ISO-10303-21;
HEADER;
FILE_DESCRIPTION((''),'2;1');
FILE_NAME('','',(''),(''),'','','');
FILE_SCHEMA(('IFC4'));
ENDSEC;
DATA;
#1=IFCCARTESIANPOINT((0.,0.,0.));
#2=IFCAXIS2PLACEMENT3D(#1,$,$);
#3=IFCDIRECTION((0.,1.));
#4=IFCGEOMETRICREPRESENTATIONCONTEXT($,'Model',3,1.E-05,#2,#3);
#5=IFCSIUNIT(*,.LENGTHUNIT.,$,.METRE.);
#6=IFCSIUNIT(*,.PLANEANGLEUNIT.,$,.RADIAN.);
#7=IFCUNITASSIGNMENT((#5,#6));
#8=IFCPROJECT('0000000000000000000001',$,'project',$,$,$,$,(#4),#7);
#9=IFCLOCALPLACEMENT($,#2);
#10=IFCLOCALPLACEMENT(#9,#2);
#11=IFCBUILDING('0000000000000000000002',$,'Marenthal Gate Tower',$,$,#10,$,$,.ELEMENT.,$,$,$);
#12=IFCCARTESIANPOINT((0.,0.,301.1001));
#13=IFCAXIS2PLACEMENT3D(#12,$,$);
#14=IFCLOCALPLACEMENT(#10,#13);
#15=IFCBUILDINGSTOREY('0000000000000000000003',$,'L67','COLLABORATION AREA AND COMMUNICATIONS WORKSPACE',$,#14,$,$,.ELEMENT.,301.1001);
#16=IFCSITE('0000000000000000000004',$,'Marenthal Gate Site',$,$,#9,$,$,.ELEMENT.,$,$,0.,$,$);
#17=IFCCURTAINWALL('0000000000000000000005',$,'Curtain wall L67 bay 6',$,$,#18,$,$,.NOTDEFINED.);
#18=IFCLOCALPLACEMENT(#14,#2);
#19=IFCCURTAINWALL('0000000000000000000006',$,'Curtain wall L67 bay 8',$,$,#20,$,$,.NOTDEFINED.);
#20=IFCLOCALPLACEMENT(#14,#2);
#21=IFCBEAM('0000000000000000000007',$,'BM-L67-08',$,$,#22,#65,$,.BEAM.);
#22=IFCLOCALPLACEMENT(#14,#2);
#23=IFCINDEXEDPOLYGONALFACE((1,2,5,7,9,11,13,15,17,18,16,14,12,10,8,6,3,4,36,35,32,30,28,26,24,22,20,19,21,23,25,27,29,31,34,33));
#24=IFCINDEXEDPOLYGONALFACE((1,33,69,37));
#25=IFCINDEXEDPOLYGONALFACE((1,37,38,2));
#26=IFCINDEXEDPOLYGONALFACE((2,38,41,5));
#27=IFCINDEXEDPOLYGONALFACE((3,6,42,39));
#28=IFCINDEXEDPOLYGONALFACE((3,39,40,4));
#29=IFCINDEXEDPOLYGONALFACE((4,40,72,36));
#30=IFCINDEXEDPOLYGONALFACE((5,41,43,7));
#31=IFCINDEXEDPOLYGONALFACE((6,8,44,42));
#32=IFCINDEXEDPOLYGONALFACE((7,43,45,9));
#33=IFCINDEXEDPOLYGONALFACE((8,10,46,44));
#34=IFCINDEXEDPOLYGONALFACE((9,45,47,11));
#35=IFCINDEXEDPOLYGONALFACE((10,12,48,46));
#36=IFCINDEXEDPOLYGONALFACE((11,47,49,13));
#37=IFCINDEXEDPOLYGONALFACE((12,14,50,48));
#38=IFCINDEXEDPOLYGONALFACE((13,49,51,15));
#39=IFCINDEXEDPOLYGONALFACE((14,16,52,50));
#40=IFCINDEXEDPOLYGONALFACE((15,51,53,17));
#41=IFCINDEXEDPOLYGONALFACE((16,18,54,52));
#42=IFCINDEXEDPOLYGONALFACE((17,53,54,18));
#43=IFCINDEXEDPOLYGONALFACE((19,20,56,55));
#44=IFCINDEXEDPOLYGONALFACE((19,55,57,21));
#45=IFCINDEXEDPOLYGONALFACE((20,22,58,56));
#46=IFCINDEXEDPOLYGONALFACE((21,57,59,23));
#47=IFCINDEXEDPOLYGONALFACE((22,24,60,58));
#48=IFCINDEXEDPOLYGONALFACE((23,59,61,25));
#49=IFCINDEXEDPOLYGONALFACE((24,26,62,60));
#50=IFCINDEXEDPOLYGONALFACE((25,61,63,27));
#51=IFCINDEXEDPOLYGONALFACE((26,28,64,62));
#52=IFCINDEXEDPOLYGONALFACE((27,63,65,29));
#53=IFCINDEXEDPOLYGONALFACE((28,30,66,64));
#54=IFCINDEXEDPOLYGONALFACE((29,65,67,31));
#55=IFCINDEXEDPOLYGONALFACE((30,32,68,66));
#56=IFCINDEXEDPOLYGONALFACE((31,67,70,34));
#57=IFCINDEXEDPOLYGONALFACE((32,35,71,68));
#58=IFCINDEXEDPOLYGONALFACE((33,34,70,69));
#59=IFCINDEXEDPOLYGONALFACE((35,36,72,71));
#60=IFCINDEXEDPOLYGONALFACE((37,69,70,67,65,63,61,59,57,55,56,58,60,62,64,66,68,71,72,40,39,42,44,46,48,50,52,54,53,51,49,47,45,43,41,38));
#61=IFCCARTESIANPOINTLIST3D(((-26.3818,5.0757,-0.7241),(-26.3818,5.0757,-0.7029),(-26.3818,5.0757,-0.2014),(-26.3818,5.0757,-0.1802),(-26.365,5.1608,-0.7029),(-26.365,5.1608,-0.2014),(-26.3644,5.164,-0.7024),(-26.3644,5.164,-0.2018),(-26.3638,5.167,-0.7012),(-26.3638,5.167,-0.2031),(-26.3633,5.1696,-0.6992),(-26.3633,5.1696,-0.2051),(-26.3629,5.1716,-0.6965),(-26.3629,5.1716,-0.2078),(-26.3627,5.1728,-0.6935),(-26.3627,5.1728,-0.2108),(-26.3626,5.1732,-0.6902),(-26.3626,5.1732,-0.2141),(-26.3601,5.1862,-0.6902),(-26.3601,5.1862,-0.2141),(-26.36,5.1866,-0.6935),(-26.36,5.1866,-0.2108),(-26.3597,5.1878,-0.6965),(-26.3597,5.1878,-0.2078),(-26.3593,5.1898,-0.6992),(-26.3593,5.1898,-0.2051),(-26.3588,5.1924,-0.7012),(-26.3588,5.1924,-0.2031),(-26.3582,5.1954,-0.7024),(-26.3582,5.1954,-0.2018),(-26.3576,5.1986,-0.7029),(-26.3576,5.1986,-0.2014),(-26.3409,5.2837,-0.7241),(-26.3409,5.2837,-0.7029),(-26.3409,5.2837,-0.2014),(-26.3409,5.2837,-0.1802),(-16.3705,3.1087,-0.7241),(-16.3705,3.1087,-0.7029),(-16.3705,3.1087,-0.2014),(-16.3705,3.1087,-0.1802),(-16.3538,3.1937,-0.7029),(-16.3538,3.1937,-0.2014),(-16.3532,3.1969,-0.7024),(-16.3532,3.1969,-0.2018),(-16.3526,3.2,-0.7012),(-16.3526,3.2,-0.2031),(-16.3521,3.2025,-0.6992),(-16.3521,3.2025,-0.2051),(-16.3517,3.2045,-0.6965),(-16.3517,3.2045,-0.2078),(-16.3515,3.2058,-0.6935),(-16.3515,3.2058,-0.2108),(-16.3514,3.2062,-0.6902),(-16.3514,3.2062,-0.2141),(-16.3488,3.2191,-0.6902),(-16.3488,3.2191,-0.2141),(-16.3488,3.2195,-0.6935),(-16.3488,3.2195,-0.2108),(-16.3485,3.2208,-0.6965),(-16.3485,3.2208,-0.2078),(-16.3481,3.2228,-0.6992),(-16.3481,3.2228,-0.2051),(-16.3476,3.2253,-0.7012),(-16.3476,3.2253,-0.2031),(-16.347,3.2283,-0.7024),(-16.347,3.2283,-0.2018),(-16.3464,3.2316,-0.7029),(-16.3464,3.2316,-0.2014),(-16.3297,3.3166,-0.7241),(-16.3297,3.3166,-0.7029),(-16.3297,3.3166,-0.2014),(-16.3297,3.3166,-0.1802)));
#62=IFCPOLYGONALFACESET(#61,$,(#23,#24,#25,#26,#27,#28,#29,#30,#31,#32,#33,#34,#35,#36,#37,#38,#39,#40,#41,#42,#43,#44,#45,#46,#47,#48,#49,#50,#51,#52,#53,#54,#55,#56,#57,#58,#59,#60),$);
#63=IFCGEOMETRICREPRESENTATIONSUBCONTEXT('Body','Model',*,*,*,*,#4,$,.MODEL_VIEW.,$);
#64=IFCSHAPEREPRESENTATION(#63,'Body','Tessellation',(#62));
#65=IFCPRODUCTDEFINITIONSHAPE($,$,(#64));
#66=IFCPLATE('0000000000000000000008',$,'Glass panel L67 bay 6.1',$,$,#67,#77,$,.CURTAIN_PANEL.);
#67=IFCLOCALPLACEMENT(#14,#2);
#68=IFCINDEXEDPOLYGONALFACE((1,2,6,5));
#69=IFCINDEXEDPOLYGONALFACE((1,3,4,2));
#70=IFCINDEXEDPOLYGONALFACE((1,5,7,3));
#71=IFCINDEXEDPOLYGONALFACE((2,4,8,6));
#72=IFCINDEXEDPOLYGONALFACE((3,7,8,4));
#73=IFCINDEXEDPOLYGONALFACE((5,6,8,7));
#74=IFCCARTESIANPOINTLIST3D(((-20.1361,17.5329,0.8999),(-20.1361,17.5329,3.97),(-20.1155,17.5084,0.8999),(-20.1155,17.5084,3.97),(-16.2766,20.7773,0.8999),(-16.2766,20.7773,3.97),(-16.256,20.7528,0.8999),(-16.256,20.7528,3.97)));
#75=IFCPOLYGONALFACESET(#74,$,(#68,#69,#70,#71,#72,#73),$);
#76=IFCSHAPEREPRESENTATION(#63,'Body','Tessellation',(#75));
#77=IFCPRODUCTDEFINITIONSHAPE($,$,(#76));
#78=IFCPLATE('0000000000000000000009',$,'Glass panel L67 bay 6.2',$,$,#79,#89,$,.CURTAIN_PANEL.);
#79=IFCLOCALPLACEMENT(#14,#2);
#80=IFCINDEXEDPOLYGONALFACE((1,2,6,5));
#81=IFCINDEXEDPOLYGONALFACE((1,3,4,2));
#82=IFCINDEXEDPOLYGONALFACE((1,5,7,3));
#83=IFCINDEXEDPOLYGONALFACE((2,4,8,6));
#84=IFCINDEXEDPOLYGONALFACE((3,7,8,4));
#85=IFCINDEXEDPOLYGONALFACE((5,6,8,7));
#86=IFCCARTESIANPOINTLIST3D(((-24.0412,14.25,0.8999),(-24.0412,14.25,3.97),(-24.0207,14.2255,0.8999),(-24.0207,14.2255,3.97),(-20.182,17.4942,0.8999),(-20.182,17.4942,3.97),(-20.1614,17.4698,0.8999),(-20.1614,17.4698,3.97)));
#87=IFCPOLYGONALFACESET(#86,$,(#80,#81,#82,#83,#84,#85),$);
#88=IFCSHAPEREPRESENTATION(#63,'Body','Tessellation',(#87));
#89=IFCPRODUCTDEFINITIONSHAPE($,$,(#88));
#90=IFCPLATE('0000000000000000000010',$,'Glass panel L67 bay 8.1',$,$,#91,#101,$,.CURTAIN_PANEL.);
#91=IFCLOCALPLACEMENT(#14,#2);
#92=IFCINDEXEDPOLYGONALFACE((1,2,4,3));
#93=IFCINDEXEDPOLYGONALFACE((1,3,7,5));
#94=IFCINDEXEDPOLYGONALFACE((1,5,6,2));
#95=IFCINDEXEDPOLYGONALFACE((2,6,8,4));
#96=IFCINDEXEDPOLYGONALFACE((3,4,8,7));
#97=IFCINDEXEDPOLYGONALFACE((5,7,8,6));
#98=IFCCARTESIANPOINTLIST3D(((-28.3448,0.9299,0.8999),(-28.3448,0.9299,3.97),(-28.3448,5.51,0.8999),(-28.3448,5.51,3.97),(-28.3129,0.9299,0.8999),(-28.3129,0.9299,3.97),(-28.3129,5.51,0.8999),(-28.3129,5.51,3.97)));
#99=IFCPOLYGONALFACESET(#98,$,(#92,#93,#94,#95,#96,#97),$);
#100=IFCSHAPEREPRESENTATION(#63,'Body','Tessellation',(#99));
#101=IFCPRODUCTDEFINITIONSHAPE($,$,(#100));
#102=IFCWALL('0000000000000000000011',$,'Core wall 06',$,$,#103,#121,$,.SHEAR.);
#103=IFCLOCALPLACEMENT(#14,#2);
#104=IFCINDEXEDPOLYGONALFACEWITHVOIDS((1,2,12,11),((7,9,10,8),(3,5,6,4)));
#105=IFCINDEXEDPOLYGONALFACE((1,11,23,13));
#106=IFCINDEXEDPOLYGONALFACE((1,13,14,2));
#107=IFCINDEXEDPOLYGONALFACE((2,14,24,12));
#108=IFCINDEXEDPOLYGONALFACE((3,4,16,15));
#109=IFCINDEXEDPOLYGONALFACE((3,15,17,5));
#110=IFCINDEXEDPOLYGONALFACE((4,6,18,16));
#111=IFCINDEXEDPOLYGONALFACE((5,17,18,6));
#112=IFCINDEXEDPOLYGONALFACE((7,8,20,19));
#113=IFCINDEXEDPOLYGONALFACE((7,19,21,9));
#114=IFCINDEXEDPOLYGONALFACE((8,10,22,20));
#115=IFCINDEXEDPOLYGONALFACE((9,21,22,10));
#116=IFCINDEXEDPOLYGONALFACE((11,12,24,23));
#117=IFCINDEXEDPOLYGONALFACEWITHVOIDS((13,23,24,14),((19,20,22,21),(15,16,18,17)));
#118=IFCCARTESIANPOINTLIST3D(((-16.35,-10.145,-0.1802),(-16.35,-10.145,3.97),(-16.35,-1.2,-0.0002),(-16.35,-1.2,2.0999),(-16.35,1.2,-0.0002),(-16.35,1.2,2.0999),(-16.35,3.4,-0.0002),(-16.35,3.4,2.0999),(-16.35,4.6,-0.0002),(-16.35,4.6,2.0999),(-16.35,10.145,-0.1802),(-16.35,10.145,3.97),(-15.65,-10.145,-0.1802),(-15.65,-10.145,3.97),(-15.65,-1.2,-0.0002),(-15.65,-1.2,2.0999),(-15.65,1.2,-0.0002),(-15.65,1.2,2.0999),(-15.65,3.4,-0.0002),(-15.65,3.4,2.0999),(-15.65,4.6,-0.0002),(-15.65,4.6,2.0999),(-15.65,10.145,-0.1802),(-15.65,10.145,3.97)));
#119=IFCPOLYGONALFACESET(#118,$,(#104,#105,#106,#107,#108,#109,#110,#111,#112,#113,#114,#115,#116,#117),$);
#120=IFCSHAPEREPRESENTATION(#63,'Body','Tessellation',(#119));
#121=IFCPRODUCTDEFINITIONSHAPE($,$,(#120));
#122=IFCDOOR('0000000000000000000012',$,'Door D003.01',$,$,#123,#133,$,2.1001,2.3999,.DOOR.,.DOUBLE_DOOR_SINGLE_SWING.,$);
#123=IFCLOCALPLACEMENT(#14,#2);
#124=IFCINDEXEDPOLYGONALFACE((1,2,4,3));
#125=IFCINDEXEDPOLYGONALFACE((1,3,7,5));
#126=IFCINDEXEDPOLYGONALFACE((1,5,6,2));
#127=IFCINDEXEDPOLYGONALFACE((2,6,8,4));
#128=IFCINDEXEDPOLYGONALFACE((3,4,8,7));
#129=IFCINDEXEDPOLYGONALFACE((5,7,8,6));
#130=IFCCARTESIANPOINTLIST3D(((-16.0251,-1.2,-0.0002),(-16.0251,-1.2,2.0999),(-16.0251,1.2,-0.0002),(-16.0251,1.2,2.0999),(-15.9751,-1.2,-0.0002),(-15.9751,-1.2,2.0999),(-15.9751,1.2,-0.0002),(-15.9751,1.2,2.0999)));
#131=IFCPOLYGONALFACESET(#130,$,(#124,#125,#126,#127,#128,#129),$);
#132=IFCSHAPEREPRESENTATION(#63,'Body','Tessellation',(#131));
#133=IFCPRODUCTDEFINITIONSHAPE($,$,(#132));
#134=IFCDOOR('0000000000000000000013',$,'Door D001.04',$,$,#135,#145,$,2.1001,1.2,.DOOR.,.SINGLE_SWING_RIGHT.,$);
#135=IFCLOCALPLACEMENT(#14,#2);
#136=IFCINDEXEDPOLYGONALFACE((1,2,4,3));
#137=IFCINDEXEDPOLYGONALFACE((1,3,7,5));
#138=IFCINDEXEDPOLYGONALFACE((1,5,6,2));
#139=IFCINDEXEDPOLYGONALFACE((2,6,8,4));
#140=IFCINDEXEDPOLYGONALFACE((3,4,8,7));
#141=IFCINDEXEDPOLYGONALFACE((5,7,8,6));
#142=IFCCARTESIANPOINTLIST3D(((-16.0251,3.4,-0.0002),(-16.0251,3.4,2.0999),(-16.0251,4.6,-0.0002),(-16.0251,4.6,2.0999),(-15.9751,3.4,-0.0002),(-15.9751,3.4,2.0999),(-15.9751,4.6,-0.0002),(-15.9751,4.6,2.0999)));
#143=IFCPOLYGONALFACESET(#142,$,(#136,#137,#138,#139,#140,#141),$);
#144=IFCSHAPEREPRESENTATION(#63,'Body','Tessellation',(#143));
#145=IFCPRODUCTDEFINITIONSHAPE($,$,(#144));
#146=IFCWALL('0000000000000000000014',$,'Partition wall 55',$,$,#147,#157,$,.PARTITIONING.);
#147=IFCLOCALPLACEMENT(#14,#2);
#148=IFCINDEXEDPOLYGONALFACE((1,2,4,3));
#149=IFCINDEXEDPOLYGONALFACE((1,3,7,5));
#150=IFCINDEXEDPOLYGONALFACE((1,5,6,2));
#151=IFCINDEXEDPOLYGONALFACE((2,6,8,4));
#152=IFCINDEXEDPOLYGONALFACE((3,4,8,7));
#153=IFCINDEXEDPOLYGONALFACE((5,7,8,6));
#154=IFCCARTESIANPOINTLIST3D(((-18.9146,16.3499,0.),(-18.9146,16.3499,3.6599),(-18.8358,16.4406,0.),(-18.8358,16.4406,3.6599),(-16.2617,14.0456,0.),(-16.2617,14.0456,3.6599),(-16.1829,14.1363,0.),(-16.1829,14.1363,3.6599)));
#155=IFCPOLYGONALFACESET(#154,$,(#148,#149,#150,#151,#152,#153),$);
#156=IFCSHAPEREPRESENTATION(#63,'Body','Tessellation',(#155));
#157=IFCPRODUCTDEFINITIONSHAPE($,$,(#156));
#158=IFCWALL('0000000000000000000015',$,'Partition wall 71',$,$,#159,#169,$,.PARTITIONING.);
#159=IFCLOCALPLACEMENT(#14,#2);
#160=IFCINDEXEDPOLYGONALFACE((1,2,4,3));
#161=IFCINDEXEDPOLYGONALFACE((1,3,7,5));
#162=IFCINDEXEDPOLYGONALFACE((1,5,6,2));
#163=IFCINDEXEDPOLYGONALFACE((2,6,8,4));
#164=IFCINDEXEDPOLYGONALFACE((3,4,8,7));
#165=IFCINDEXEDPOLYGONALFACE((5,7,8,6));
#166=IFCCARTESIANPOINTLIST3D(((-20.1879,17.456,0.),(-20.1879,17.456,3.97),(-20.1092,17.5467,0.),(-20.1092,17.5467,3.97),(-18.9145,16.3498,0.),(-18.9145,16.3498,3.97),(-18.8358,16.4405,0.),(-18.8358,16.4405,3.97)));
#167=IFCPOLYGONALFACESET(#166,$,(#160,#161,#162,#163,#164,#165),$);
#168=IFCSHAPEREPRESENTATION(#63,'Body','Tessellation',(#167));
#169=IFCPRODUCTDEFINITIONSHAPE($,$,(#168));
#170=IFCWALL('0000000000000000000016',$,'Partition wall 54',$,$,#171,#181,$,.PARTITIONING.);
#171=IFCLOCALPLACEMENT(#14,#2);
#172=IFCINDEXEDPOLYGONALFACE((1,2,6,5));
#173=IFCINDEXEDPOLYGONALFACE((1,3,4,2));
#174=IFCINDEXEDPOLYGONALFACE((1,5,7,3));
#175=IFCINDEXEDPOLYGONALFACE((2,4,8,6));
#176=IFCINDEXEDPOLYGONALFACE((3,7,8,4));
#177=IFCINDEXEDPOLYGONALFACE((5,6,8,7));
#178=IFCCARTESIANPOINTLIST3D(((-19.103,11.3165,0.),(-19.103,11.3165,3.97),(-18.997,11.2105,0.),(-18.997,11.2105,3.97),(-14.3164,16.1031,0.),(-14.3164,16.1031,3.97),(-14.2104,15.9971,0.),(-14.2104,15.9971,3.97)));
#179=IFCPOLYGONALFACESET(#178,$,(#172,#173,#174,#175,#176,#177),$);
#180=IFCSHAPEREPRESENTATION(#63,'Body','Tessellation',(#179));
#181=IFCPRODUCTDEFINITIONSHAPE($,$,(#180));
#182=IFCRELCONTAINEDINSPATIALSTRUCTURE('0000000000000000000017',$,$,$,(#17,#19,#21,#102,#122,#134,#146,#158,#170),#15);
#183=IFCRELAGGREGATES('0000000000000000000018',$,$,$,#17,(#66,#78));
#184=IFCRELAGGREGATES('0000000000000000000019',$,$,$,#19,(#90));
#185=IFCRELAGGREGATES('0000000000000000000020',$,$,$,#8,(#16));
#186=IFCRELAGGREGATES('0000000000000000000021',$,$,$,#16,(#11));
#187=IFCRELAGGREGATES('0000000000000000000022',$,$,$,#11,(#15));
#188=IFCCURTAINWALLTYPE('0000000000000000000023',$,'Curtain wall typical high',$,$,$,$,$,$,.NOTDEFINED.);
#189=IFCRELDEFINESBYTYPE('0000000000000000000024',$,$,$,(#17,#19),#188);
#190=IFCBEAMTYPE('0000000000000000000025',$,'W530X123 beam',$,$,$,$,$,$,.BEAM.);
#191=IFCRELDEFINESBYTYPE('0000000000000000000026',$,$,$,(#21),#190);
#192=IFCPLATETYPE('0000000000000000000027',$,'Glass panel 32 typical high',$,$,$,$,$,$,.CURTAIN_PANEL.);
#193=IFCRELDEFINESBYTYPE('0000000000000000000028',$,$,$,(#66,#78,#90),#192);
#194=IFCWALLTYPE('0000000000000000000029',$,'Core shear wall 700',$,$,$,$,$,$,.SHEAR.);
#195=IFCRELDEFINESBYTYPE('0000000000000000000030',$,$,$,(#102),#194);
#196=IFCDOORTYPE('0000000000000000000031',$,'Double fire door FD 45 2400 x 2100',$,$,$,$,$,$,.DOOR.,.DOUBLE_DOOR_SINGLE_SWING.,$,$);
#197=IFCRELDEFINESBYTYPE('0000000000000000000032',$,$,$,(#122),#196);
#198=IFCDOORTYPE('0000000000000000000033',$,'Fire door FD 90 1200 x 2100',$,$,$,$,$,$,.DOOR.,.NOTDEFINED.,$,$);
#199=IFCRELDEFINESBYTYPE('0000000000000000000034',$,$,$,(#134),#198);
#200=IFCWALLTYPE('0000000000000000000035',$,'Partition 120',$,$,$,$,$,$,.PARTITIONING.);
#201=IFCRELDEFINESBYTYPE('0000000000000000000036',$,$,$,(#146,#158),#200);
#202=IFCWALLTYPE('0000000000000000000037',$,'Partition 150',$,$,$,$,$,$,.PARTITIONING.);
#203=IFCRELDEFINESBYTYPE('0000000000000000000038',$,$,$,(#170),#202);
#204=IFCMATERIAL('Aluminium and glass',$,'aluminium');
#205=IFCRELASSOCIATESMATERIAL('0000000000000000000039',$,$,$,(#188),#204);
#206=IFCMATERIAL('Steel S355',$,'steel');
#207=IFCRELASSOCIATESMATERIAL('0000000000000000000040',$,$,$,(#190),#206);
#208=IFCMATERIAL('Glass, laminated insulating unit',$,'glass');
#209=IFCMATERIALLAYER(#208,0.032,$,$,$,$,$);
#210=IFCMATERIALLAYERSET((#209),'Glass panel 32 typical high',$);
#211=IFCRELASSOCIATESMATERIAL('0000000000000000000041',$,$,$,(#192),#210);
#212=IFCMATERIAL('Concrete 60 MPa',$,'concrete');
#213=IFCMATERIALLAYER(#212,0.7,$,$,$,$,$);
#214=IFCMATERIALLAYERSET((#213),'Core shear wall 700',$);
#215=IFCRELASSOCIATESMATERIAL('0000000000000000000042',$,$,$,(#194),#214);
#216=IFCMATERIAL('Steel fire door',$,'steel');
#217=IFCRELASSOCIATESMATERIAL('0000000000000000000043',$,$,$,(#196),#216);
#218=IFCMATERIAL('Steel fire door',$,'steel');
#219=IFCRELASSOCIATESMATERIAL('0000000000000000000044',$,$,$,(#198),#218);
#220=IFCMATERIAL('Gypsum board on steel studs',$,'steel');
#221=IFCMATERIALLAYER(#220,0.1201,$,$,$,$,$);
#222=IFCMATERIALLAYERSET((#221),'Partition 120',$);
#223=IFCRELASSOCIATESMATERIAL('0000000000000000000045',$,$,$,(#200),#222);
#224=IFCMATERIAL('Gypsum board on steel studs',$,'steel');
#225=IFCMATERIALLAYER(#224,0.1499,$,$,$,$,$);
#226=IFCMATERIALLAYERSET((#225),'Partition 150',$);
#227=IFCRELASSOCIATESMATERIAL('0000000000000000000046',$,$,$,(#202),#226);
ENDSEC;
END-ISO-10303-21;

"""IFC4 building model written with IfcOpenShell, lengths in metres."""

from ifc_helpers import new_model, si_unit, direction, frame, frame_2d, origin, origin_2d, place, context, subcontext, project, spatial, rectangle, i_section, extrude, material, layer, layer_set, material_profile, profile_set, type_object, element, fill, aggregate, save


model = new_model("IFC4")

# Units and contexts
model_context = context("Model", 3, precision=1e-05, world=origin(), true_north=direction((0.0, 1.0)))
body_context = subcontext(model_context, "Body", "Model", "MODEL_VIEW")
ifc_project = project(units=[si_unit("LENGTHUNIT", "METRE"), si_unit("PLANEANGLEUNIT", "RADIAN")], contexts=[model_context])

# Site, building, storey
site_placement = place(None, origin())
site = spatial("IfcSite", under=ifc_project, at=site_placement, Name="Marenthal Gate Site", CompositionType="ELEMENT", RefElevation=0.0)
building_placement = place(site_placement, origin())
building = spatial("IfcBuilding", under=site, at=building_placement, Name="Marenthal Gate Tower", CompositionType="ELEMENT")
storey_placement = place(building_placement, frame((0.0, 0.0, 301.1001)))
storey = spatial("IfcBuildingStorey", under=building, at=storey_placement, Name="L67", Description="COLLABORATION AREA AND COMMUNICATIONS WORKSPACE", CompositionType="ELEMENT", Elevation=301.1001)

# Curtain walls
ifc_material_1 = material(Name="Aluminium and glass", Category="aluminium")
curtain_wall_type = type_object("IfcCurtainWallType", Name="Curtain wall typical high", PredefinedType="NOTDEFINED", material=ifc_material_1)
curtain_wall_1_placement = place(storey_placement, origin())
curtain_wall_1 = element("IfcCurtainWall", 1, at=curtain_wall_1_placement, inside=storey, type_object=curtain_wall_type, Name="Curtain wall L67 bay 6", PredefinedType="NOTDEFINED")
curtain_wall_2_placement = place(storey_placement, origin())
curtain_wall_2 = element("IfcCurtainWall", 2, at=curtain_wall_2_placement, inside=storey, type_object=curtain_wall_type, Name="Curtain wall L67 bay 8", PredefinedType="NOTDEFINED")

# Beam
ifc_material_2 = material(Name="Steel S355", Category="steel")
ifc_material_profile_1 = material_profile(ifc_material_2, i_section(OverallWidth=0.2119, OverallDepth=0.5439, WebThickness=0.0132, FlangeThickness=0.0212, FilletRadius=0.0127, at=origin_2d()), Name="W530X123")
ifc_profile_set_1 = profile_set([ifc_material_profile_1], Name="Steel S355")
beam_type_1 = type_object("IfcBeamType", Name="W530X123 beam", PredefinedType="BEAM", material=ifc_profile_set_1)
beam_1_placement = place(storey_placement, frame((-26.3613, 5.1797, -0.4521), z_axis=(0.981239, -0.192797, 0.0), x_axis=(0.192797, 0.981239, 0.0)))
element("IfcBeam", 3, at=beam_1_placement, inside=storey, type_object=beam_type_1, Name="BM-L67-08", PredefinedType="BEAM", context=body_context, shape_type="SweptSolid", body=[
    extrude(i_section(OverallWidth=0.2119, OverallDepth=0.5439, WebThickness=0.0132, FlangeThickness=0.0212, FilletRadius=0.0127, at=origin_2d()), origin(), (0.0, 0.0, 1.0), 10.2026),
])

# Plates
ifc_material_3 = material(Name="Glass, laminated insulating unit", Category="glass")
ifc_layer_1 = layer(ifc_material_3, 0.032)
ifc_layer_set_1 = layer_set([ifc_layer_1], Name="Glass panel 32 typical high")
plate_type = type_object("IfcPlateType", Name="Glass panel 32 typical high", PredefinedType="CURTAIN_PANEL", material=ifc_layer_set_1)
plate_1_placement = place(storey_placement, frame((-18.196, 19.1428, 0.8999), z_axis=(0.0, 0.0, 1.0), x_axis=(-0.765463, -0.64348, 0.0)))
plate_1 = element("IfcPlate", 4, at=plate_1_placement, type_object=plate_type, Name="Glass panel L67 bay 6.1", PredefinedType="CURTAIN_PANEL", context=body_context, shape_type="SweptSolid", body=[
    extrude(rectangle(XDim=5.042, YDim=0.032, at=origin_2d()), origin(), (0.0, 0.0, 1.0), 3.0701),
])
plate_2_placement = place(storey_placement, frame((-22.1013, 15.8599, 0.8999), z_axis=(0.0, 0.0, 1.0), x_axis=(-0.765463, -0.64348, 0.0)))
plate_2 = element("IfcPlate", 5, at=plate_2_placement, type_object=plate_type, Name="Glass panel L67 bay 6.2", PredefinedType="CURTAIN_PANEL", context=body_context, shape_type="SweptSolid", body=[
    extrude(rectangle(XDim=5.0417, YDim=0.032, at=origin_2d()), origin(), (0.0, 0.0, 1.0), 3.0701),
])
aggregate(curtain_wall_1, [plate_1, plate_2])
plate_3_placement = place(storey_placement, frame((-28.3289, 3.22, 0.8999), z_axis=(0.0, 0.0, 1.0), x_axis=(0.0, -1.0, 0.0)))
plate_3 = element("IfcPlate", 6, at=plate_3_placement, type_object=plate_type, Name="Glass panel L67 bay 8.1", PredefinedType="CURTAIN_PANEL", context=body_context, shape_type="SweptSolid", body=[
    extrude(rectangle(XDim=4.5801, YDim=0.032, at=origin_2d()), origin(), (0.0, 0.0, 1.0), 3.0701),
])
aggregate(curtain_wall_2, [plate_3])

# Wall, openings, doors
ifc_material_4 = material(Name="Concrete 60 MPa", Category="concrete")
ifc_layer_2 = layer(ifc_material_4, 0.7)
ifc_layer_set_2 = layer_set([ifc_layer_2], Name="Core shear wall 700")
wall_type_1 = type_object("IfcWallType", Name="Core shear wall 700", PredefinedType="SHEAR", material=ifc_layer_set_2)
wall_1_placement = place(storey_placement, frame((-16.0, 10.145, -0.1802), z_axis=(0.0, 0.0, 1.0), x_axis=(0.0, -1.0, 0.0)))
wall_1 = element("IfcWall", 7, at=wall_1_placement, inside=storey, type_object=wall_type_1, Name="Core wall 06", PredefinedType="SHEAR", context=body_context, shape_type="SweptSolid", body=[
    extrude(rectangle(XDim=20.29, YDim=0.7, at=frame_2d((10.145, 0.0))), origin(), (0.0, 0.0, 1.0), 4.1501),
])
opening_1_placement = place(wall_1_placement, frame((8.9451, 0.0, 0.1799)))
opening_1 = element("IfcOpeningElement", 8, at=opening_1_placement, cuts=wall_1, PredefinedType="OPENING", context=body_context, shape_type="SweptSolid", body=[
    extrude(rectangle(XDim=2.3999, YDim=2.1001, at=frame_2d((1.2, 1.05))), frame((0.0, 0.3599, 0.0), z_axis=(0.0, -1.0, 0.0), x_axis=(1.0, 0.0, 0.0)), (0.0, 0.0, 1.0), 0.72),
])
opening_2_placement = place(wall_1_placement, frame((5.5449, 0.0, 0.1799)))
opening_2 = element("IfcOpeningElement", 9, at=opening_2_placement, cuts=wall_1, PredefinedType="OPENING", context=body_context, shape_type="SweptSolid", body=[
    extrude(rectangle(XDim=1.2, YDim=2.1001, at=frame_2d((0.6001, 1.05))), frame((0.0, 0.3599, 0.0), z_axis=(0.0, -1.0, 0.0), x_axis=(1.0, 0.0, 0.0)), (0.0, 0.0, 1.0), 0.72),
])
ifc_material_5 = material(Name="Steel fire door", Category="steel")
door_type_1 = type_object("IfcDoorType", Name="Double fire door FD 45 2400 x 2100", OperationType="DOUBLE_DOOR_SINGLE_SWING", PredefinedType="DOOR", material=ifc_material_5)
door_1_placement = place(opening_1_placement, origin())
door_1 = element("IfcDoor", 10, at=door_1_placement, inside=storey, type_object=door_type_1, Name="Door D003.01", OperationType="DOUBLE_DOOR_SINGLE_SWING", OverallHeight=2.1001, OverallWidth=2.3999, PredefinedType="DOOR", context=body_context, shape_type="SweptSolid", body=[
    extrude(rectangle(XDim=2.3999, YDim=2.1001, at=frame_2d((1.2, 1.05))), frame((0.0, 0.0249, 0.0), z_axis=(0.0, -1.0, 0.0), x_axis=(1.0, 0.0, 0.0)), (0.0, 0.0, 1.0), 0.05),
])
fill(opening_1, door_1)
ifc_material_6 = material(Name="Steel fire door", Category="steel")
door_type_2 = type_object("IfcDoorType", Name="Fire door FD 90 1200 x 2100", OperationType="NOTDEFINED", PredefinedType="DOOR", material=ifc_material_6)
door_2_placement = place(opening_2_placement, origin())
door_2 = element("IfcDoor", 11, at=door_2_placement, inside=storey, type_object=door_type_2, Name="Door D001.04", OperationType="SINGLE_SWING_RIGHT", OverallHeight=2.1001, OverallWidth=1.2, PredefinedType="DOOR", context=body_context, shape_type="SweptSolid", body=[
    extrude(rectangle(XDim=1.2, YDim=2.1001, at=frame_2d((0.6001, 1.05))), frame((0.0, 0.0249, 0.0), z_axis=(0.0, -1.0, 0.0), x_axis=(1.0, 0.0, 0.0)), (0.0, 0.0, 1.0), 0.05),
])
fill(opening_2, door_2)

# Walls
ifc_material_7 = material(Name="Gypsum board on steel studs", Category="steel")
ifc_layer_3 = layer(ifc_material_7, 0.1201)
ifc_layer_set_3 = layer_set([ifc_layer_3], Name="Partition 120")
wall_type_2 = type_object("IfcWallType", Name="Partition 120", PredefinedType="PARTITIONING", material=ifc_layer_set_3)
wall_2_placement = place(storey_placement, frame((-16.2224, 14.0911, 0.0), z_axis=(0.0, 0.0, 1.0), x_axis=(-0.754973, 0.655755, 0.0)))
element("IfcWall", 12, at=wall_2_placement, inside=storey, type_object=wall_type_2, Name="Partition wall 55", PredefinedType="PARTITIONING", context=body_context, shape_type="SweptSolid", body=[
    extrude(rectangle(XDim=3.5139, YDim=0.1201, at=frame_2d((1.7568, 0.0))), origin(), (0.0, 0.0, 1.0), 3.6599),
])
wall_3_placement = place(storey_placement, frame((-18.8752, 16.3953, 0.0), z_axis=(0.0, 0.0, 1.0), x_axis=(-0.754939, 0.655795, 0.0)))
element("IfcWall", 13, at=wall_3_placement, inside=storey, type_object=wall_type_2, Name="Partition wall 71", PredefinedType="PARTITIONING", context=body_context, shape_type="SweptSolid", body=[
    extrude(rectangle(XDim=1.6868, YDim=0.1201, at=frame_2d((0.8433, 0.0))), origin(), (0.0, 0.0, 1.0), 3.97),
])
ifc_material_8 = material(Name="Gypsum board on steel studs", Category="steel")
ifc_layer_4 = layer(ifc_material_8, 0.1499)
ifc_layer_set_4 = layer_set([ifc_layer_4], Name="Partition 150")
wall_type_3 = type_object("IfcWallType", Name="Partition 150", PredefinedType="PARTITIONING", material=ifc_layer_set_4)
wall_4_placement = place(storey_placement, frame((-19.05, 11.2634, 0.0), z_axis=(0.0, 0.0, 1.0), x_axis=(0.707107, 0.707107, 0.0)))
element("IfcWall", 14, at=wall_4_placement, inside=storey, type_object=wall_type_3, Name="Partition wall 54", PredefinedType="PARTITIONING", context=body_context, shape_type="SweptSolid", body=[
    extrude(rectangle(XDim=6.7693, YDim=0.1499, at=frame_2d((3.3848, 0.0))), origin(), (0.0, 0.0, 1.0), 3.97),
])

save(model, "model.ifc")
